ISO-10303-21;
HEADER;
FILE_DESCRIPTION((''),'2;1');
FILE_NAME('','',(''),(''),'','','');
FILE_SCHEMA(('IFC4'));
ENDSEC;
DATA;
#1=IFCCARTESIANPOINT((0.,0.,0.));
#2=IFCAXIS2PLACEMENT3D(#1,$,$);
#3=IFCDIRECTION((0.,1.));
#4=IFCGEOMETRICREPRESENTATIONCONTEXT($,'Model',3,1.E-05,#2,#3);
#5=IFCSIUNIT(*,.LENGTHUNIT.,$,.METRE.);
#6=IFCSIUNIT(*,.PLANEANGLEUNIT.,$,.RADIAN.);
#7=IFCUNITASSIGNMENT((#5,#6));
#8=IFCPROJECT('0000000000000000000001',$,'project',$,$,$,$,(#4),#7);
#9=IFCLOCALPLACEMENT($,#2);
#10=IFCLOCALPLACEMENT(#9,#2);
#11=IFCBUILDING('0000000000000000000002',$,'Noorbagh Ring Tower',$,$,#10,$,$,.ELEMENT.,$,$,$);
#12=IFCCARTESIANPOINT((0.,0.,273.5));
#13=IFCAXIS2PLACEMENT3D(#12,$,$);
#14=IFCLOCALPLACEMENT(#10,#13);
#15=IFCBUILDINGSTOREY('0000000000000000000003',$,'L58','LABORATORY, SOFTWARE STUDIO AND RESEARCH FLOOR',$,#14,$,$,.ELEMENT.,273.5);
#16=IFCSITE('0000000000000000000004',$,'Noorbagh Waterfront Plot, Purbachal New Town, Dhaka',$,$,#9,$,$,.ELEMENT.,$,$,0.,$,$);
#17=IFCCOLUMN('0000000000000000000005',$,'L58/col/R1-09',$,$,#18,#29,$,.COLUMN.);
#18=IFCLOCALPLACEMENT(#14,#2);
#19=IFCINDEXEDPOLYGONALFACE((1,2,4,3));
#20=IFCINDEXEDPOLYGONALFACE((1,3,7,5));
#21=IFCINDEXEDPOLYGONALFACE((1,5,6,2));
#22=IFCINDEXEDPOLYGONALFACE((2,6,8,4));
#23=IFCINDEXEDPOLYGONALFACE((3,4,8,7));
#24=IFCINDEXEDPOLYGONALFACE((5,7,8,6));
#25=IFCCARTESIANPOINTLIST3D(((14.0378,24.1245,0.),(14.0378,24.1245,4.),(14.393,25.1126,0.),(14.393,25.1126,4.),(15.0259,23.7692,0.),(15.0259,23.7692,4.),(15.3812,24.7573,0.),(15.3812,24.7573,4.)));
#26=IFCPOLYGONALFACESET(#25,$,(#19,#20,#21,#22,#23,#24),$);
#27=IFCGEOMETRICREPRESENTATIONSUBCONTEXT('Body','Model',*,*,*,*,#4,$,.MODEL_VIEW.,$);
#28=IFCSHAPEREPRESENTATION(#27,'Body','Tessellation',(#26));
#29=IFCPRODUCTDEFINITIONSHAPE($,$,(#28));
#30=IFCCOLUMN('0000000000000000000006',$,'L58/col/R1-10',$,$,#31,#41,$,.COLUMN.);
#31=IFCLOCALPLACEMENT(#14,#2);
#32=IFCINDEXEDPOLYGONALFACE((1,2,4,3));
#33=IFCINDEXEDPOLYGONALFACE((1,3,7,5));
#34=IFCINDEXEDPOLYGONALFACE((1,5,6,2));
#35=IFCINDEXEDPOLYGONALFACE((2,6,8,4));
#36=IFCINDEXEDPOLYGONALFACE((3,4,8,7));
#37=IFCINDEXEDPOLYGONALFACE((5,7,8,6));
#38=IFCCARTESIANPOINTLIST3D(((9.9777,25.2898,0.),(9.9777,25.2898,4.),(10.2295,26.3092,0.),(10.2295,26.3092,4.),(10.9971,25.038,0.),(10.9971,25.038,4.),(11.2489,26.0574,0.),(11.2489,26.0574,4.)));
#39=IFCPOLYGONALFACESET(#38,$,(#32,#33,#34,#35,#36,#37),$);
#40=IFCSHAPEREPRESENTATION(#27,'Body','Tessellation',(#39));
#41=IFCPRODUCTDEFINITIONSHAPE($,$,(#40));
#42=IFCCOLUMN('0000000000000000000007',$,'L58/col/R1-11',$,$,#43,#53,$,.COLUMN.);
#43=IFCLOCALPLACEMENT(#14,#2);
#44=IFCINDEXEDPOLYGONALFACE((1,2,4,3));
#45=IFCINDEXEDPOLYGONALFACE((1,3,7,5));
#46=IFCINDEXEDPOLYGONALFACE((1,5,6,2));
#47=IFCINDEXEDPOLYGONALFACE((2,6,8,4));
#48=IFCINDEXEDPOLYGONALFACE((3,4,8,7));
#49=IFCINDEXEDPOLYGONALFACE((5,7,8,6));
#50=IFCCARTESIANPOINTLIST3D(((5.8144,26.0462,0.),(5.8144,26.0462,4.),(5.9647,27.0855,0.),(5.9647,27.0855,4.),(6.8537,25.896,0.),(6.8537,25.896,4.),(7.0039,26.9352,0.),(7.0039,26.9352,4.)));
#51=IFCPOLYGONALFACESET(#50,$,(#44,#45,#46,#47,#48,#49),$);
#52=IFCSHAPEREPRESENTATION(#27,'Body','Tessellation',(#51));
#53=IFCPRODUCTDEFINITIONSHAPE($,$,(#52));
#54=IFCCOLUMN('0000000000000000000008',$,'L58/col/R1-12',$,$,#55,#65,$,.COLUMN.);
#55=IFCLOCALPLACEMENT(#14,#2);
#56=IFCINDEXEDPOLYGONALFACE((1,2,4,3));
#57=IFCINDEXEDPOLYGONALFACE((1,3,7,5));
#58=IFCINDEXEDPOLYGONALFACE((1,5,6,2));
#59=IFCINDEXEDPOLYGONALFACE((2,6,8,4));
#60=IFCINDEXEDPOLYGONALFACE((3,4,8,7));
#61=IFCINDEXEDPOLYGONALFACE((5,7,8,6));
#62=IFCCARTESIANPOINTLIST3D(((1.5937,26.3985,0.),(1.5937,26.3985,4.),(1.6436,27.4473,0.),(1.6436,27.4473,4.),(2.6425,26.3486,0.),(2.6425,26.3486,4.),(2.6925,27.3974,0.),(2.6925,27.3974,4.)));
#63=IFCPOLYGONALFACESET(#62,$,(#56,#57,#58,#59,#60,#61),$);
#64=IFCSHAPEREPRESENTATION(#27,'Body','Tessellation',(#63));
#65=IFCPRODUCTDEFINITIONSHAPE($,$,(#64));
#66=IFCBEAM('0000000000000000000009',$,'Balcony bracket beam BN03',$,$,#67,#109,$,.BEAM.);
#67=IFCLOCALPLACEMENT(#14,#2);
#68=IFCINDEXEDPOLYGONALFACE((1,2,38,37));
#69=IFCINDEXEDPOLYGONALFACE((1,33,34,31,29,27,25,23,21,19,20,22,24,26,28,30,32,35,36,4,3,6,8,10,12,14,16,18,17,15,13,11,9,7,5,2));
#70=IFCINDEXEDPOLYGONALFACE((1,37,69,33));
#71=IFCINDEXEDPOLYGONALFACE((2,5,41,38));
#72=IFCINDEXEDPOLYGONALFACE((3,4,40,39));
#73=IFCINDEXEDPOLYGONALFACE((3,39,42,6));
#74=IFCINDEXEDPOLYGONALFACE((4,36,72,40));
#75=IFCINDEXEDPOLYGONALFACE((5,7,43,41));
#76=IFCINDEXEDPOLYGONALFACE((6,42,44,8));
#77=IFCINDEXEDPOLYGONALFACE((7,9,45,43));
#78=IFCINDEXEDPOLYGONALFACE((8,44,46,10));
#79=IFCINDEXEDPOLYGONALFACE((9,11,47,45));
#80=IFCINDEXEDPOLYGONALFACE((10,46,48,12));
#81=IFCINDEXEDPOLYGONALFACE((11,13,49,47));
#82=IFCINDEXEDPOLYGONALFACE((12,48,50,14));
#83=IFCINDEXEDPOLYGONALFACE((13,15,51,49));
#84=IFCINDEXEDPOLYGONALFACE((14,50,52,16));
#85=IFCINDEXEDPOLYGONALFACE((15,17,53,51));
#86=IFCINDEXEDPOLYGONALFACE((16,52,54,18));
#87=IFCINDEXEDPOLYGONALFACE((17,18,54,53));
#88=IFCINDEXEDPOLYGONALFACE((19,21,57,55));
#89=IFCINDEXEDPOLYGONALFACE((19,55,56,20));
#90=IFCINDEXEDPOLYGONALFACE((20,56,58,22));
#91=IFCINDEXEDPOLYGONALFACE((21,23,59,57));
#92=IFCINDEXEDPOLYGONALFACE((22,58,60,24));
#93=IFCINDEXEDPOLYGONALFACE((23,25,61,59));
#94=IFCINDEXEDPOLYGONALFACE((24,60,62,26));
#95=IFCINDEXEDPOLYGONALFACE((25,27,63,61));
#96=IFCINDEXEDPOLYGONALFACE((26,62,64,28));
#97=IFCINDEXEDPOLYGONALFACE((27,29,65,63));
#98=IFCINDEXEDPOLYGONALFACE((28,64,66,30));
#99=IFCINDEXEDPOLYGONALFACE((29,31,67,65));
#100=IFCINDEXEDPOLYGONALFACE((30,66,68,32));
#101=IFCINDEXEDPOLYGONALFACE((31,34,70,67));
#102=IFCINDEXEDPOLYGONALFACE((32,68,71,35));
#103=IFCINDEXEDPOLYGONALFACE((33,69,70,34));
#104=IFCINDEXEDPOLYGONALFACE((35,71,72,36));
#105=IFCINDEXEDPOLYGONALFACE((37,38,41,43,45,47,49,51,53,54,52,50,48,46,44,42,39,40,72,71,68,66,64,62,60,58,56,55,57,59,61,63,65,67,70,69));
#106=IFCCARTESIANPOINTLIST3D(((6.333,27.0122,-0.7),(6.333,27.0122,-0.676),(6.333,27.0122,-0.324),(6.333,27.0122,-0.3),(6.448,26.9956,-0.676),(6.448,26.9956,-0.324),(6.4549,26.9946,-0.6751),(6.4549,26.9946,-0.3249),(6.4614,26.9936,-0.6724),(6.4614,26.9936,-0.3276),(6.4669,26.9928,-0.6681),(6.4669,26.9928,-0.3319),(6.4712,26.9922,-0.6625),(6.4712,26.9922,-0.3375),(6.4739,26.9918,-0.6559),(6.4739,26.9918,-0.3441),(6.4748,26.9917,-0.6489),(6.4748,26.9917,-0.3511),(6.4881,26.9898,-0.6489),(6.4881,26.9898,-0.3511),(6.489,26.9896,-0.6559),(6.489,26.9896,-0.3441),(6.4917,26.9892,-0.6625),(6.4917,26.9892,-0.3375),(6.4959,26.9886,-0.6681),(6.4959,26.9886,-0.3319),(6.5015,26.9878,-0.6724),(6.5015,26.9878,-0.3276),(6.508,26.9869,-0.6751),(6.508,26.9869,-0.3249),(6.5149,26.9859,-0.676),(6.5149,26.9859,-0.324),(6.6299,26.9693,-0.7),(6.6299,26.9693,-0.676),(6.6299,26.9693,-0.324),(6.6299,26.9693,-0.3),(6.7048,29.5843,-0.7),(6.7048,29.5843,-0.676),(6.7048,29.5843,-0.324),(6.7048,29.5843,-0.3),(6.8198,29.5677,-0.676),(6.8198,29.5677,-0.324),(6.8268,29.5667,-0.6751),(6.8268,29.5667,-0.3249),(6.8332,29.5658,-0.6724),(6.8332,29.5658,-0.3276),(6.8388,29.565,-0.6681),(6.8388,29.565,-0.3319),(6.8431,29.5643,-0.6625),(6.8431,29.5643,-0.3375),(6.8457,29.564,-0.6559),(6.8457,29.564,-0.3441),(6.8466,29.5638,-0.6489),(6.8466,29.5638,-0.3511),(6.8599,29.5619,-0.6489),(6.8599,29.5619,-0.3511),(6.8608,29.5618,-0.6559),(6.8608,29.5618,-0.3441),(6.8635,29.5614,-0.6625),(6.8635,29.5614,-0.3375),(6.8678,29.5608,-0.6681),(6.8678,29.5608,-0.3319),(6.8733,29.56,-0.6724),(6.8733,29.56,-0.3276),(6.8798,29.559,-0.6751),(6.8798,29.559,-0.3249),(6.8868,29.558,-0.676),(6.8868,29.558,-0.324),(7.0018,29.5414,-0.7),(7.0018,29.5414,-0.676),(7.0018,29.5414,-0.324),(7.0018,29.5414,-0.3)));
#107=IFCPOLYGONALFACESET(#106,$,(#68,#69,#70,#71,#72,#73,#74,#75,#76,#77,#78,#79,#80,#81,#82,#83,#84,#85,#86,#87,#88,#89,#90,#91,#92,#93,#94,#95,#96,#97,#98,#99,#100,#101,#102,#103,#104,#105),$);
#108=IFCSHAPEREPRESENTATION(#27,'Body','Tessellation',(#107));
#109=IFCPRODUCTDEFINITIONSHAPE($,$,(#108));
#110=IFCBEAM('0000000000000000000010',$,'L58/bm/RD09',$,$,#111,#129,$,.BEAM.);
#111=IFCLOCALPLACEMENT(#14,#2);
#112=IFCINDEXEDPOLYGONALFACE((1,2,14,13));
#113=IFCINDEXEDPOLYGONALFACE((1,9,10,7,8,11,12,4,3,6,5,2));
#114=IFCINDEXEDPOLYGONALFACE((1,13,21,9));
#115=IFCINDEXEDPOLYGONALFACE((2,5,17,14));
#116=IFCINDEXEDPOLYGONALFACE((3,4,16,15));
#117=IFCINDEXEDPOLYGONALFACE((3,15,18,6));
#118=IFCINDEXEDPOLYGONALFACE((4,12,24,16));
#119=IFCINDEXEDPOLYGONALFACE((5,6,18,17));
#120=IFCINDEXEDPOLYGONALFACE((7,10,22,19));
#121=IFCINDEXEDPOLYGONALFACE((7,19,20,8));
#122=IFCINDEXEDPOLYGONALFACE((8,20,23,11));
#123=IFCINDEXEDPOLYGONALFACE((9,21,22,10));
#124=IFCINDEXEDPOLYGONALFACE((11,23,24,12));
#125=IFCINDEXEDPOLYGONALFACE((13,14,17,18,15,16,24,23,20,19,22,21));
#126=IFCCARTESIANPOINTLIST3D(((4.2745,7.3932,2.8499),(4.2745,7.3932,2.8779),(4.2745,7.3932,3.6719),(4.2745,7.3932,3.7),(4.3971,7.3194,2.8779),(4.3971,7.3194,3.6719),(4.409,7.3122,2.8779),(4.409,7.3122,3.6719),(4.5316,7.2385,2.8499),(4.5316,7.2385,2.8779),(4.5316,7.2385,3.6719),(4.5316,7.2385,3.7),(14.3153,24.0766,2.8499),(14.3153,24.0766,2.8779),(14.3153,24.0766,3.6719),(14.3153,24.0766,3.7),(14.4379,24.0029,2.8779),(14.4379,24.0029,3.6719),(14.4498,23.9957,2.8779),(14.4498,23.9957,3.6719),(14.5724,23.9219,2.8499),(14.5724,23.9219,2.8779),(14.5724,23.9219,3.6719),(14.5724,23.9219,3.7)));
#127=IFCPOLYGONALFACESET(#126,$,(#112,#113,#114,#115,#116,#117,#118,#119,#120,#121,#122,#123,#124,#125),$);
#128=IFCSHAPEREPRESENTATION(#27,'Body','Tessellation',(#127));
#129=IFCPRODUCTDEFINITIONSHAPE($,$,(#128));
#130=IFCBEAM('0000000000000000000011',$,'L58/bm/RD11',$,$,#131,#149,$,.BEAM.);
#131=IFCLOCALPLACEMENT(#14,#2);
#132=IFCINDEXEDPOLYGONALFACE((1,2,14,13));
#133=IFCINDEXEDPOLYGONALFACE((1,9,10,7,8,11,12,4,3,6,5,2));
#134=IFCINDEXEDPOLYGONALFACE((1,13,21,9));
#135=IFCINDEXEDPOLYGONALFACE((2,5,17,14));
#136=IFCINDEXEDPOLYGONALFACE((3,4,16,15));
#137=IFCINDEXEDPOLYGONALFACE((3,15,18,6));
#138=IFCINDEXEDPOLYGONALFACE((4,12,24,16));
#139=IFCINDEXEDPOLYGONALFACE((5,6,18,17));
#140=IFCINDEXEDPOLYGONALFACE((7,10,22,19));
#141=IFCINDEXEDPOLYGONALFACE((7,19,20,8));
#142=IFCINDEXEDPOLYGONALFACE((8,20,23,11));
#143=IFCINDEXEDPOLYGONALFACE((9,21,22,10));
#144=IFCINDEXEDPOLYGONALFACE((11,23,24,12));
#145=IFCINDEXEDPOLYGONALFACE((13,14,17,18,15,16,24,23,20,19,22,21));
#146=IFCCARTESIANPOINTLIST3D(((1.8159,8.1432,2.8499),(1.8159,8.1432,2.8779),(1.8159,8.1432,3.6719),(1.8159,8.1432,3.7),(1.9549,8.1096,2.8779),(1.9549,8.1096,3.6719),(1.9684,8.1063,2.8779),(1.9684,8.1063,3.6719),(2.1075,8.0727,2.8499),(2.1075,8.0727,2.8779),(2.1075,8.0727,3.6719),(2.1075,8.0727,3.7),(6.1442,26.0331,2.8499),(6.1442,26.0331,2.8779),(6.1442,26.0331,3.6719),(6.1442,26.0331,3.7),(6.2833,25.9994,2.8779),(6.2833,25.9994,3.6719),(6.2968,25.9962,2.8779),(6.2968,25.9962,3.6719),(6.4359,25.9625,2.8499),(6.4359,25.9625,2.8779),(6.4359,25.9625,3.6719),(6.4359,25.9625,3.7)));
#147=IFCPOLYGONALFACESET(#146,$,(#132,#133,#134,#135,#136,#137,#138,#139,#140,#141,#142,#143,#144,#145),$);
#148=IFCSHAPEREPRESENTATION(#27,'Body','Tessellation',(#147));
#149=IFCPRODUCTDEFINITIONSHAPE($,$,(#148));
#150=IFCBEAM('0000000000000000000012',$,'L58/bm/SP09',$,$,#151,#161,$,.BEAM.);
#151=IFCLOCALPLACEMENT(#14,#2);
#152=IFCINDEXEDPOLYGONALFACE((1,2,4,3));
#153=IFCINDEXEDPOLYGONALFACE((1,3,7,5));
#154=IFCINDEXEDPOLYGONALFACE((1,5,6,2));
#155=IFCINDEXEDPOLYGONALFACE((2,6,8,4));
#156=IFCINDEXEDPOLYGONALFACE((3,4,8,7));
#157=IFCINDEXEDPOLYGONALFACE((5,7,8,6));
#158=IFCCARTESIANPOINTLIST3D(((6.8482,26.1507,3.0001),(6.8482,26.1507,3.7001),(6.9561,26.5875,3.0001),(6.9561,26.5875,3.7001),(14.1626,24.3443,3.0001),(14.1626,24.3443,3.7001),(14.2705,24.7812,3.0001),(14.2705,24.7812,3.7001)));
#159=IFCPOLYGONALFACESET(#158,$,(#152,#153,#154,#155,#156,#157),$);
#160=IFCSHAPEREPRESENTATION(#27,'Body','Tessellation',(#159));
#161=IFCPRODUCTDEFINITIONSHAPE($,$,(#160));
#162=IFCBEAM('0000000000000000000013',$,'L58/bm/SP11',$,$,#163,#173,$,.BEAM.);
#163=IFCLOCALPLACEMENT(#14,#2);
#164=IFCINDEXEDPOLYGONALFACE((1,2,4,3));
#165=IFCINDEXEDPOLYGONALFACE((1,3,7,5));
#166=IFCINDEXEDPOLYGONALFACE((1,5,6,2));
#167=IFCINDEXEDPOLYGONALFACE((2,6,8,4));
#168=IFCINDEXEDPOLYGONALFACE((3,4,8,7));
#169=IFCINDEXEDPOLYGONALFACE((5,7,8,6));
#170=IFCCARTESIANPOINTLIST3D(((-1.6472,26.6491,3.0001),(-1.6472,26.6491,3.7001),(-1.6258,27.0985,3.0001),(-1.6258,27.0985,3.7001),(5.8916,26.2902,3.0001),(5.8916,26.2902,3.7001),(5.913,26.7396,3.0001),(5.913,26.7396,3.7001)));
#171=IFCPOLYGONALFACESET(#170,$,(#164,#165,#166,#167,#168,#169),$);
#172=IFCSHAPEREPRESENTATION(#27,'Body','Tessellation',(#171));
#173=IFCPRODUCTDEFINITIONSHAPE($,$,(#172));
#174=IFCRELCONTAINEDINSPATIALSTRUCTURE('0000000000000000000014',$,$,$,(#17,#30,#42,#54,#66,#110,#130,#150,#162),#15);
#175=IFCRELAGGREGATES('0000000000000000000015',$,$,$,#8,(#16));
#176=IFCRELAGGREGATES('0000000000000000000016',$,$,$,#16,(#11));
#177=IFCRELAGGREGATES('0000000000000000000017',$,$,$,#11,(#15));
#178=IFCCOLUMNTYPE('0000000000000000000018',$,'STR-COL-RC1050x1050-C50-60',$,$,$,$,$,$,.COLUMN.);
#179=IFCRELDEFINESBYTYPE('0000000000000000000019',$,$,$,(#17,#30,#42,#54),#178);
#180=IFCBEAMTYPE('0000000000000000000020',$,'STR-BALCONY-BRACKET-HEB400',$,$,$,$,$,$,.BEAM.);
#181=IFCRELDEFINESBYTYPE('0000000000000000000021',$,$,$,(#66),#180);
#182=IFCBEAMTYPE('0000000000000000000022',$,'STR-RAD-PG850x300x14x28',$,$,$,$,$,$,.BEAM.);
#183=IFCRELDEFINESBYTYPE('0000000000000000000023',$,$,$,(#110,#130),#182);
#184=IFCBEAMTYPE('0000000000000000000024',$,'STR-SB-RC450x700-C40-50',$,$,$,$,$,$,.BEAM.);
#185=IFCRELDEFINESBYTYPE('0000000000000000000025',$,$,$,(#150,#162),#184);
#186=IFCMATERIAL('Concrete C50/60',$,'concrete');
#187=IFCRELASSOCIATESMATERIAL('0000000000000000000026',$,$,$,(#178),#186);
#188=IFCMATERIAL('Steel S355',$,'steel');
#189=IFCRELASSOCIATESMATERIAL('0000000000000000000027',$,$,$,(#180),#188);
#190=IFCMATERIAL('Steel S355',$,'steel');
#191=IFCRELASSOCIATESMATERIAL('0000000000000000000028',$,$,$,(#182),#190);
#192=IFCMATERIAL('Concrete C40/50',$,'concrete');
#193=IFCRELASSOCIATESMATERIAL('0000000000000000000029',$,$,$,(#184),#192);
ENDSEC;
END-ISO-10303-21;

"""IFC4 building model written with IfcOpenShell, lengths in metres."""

from ifc_helpers import new_model, si_unit, direction, frame, origin, origin_2d, place, context, subcontext, project, spatial, rectangle, i_section, extrude, material, material_profile, profile_set, type_object, element, save


model = new_model("IFC4")

# Units and contexts
model_context = context("Model", 3, precision=1e-05, world=origin(), true_north=direction((0.0, 1.0)))
body_context = subcontext(model_context, "Body", "Model", "MODEL_VIEW")
ifc_project = project(units=[si_unit("LENGTHUNIT", "METRE"), si_unit("PLANEANGLEUNIT", "RADIAN")], contexts=[model_context])

# Site, building, storey
site_placement = place(None, origin())
site = spatial("IfcSite", under=ifc_project, at=site_placement, Name="Noorbagh Waterfront Plot, Purbachal New Town, Dhaka", CompositionType="ELEMENT", RefElevation=0.0)
building_placement = place(site_placement, origin())
building = spatial("IfcBuilding", under=site, at=building_placement, Name="Noorbagh Ring Tower", CompositionType="ELEMENT")
storey_placement = place(building_placement, frame((0.0, 0.0, 273.5)))
storey = spatial("IfcBuildingStorey", under=building, at=storey_placement, Name="L58", Description="LABORATORY, SOFTWARE STUDIO AND RESEARCH FLOOR", CompositionType="ELEMENT", Elevation=273.5)

# Columns
ifc_material_1 = material(Name="Concrete C50/60", Category="concrete")
ifc_material_profile_1 = material_profile(ifc_material_1, rectangle(XDim=1.05, YDim=1.05, at=origin_2d()), Name="RC1050x1050")
ifc_profile_set_1 = profile_set([ifc_material_profile_1], Name="Concrete C50/60")
column_type = type_object("IfcColumnType", Name="STR-COL-RC1050x1050-C50-60", PredefinedType="COLUMN", material=ifc_profile_set_1)
for number, where, z_axis, x_axis, name in (
    (1, (14.7095, 24.4409, 0.0), (0.0, 0.0, 1.0), (-0.941025, 0.338338, 0.0), "L58/col/R1-09"),
    (2, (10.6133, 25.6736, 0.0), (0.0, 0.0, 1.0), (-0.970829, 0.239771, 0.0), "L58/col/R1-10"),
    (3, (6.4092, 26.4907, 0.0), (0.0, 0.0, 1.0), (-0.989713, 0.143066, 0.0), "L58/col/R1-11"),
    (4, (2.1431, 26.8979, 0.0), (0.0, 0.0, 1.0), (-0.998869, 0.047553, 0.0), "L58/col/R1-12"),
):
    element("IfcColumn", number, at=place(storey_placement, frame(where, z_axis=z_axis, x_axis=x_axis)), inside=storey, type_object=column_type, Name=name, PredefinedType="COLUMN", context=body_context, shape_type="SweptSolid", body=[
        extrude(rectangle(XDim=1.05, YDim=1.05, at=origin_2d()), origin(), (0.0, 0.0, 1.0), 4.0),
    ])

# Beams
ifc_material_2 = material(Name="Steel S355", Category="steel")
ifc_material_profile_2 = material_profile(ifc_material_2, i_section(OverallWidth=0.3, OverallDepth=0.3999, WebThickness=0.0134, FlangeThickness=0.0239, FilletRadius=0.0271, at=origin_2d()), Name="HEB400")
ifc_profile_set_2 = profile_set([ifc_material_profile_2], Name="Steel S355")
beam_type_1 = type_object("IfcBeamType", Name="STR-BALCONY-BRACKET-HEB400", PredefinedType="BEAM", material=ifc_profile_set_2)
beam_1_placement = place(storey_placement, frame((6.4814, 26.9907, -0.5), z_axis=(0.143078, 0.989711, 0.0), x_axis=(-0.989711, 0.143078, 0.0)))
element("IfcBeam", 5, at=beam_1_placement, inside=storey, type_object=beam_type_1, Name="Balcony bracket beam BN03", PredefinedType="BEAM", context=body_context, shape_type="SweptSolid", body=[
    extrude(i_section(OverallWidth=0.3, OverallDepth=0.3999, WebThickness=0.0134, FlangeThickness=0.0239, FilletRadius=0.0271, at=origin_2d()), origin(), (0.0, 0.0, 1.0), 2.5989),
])
ifc_material_3 = material(Name="Steel S355", Category="steel")
ifc_material_profile_3 = material_profile(ifc_material_3, i_section(OverallWidth=0.3, OverallDepth=0.8501, WebThickness=0.0139, FlangeThickness=0.0281, at=origin_2d()), Name="PG850x300x14x28")
ifc_profile_set_3 = profile_set([ifc_material_profile_3], Name="Steel S355")
beam_type_2 = type_object("IfcBeamType", Name="STR-RAD-PG850x300x14x28", PredefinedType="BEAM", material=ifc_profile_set_3)
beam_2_placement = place(storey_placement, frame((14.4438, 23.9993, 3.2749), z_axis=(-0.515657, -0.856795, 0.0), x_axis=(0.856795, -0.515657, 0.0)))
element("IfcBeam", 6, at=beam_2_placement, inside=storey, type_object=beam_type_2, Name="L58/bm/RD09", PredefinedType="BEAM", context=body_context, shape_type="SweptSolid", body=[
    extrude(i_section(OverallWidth=0.3, OverallDepth=0.8501, WebThickness=0.0139, FlangeThickness=0.0281, at=origin_2d()), origin(), (0.0, 0.0, 1.0), 19.4719),
])
beam_3_placement = place(storey_placement, frame((6.29, 25.9978, 3.2749), z_axis=(-0.23516, -0.971957, 0.0), x_axis=(0.971957, -0.23516, 0.0)))
element("IfcBeam", 7, at=beam_3_placement, inside=storey, type_object=beam_type_2, Name="L58/bm/RD11", PredefinedType="BEAM", context=body_context, shape_type="SweptSolid", body=[
    extrude(i_section(OverallWidth=0.3, OverallDepth=0.8501, WebThickness=0.0139, FlangeThickness=0.0281, at=origin_2d()), origin(), (0.0, 0.0, 1.0), 18.406),
])
ifc_material_4 = material(Name="Concrete C40/50", Category="concrete")
ifc_material_profile_4 = material_profile(ifc_material_4, rectangle(XDim=0.45, YDim=0.7, at=origin_2d()), Name="RC450x700")
ifc_profile_set_4 = profile_set([ifc_material_profile_4], Name="Concrete C40/50")
beam_type_3 = type_object("IfcBeamType", Name="STR-SB-RC450x700-C40-50", PredefinedType="BEAM", material=ifc_profile_set_4)
beam_4_placement = place(storey_placement, frame((14.2166, 24.5627, 3.3501), z_axis=(-0.970832, 0.239759, 0.0), x_axis=(-0.239759, -0.970832, 0.0)))
element("IfcBeam", 8, at=beam_4_placement, inside=storey, type_object=beam_type_3, Name="L58/bm/SP09", PredefinedType="BEAM", context=body_context, shape_type="SweptSolid", body=[
    extrude(rectangle(XDim=0.45, YDim=0.7, at=origin_2d()), origin(), (0.0, 0.0, 1.0), 7.5342),
])
beam_5_placement = place(storey_placement, frame((5.9023, 26.5149, 3.3501), z_axis=(-0.998869, 0.047551, 0.0), x_axis=(-0.047551, -0.998869, 0.0)))
element("IfcBeam", 9, at=beam_5_placement, inside=storey, type_object=beam_type_3, Name="L58/bm/SP11", PredefinedType="BEAM", context=body_context, shape_type="SweptSolid", body=[
    extrude(rectangle(XDim=0.45, YDim=0.7, at=origin_2d()), origin(), (0.0, 0.0, 1.0), 7.5474),
])

save(model, "model.ifc")
